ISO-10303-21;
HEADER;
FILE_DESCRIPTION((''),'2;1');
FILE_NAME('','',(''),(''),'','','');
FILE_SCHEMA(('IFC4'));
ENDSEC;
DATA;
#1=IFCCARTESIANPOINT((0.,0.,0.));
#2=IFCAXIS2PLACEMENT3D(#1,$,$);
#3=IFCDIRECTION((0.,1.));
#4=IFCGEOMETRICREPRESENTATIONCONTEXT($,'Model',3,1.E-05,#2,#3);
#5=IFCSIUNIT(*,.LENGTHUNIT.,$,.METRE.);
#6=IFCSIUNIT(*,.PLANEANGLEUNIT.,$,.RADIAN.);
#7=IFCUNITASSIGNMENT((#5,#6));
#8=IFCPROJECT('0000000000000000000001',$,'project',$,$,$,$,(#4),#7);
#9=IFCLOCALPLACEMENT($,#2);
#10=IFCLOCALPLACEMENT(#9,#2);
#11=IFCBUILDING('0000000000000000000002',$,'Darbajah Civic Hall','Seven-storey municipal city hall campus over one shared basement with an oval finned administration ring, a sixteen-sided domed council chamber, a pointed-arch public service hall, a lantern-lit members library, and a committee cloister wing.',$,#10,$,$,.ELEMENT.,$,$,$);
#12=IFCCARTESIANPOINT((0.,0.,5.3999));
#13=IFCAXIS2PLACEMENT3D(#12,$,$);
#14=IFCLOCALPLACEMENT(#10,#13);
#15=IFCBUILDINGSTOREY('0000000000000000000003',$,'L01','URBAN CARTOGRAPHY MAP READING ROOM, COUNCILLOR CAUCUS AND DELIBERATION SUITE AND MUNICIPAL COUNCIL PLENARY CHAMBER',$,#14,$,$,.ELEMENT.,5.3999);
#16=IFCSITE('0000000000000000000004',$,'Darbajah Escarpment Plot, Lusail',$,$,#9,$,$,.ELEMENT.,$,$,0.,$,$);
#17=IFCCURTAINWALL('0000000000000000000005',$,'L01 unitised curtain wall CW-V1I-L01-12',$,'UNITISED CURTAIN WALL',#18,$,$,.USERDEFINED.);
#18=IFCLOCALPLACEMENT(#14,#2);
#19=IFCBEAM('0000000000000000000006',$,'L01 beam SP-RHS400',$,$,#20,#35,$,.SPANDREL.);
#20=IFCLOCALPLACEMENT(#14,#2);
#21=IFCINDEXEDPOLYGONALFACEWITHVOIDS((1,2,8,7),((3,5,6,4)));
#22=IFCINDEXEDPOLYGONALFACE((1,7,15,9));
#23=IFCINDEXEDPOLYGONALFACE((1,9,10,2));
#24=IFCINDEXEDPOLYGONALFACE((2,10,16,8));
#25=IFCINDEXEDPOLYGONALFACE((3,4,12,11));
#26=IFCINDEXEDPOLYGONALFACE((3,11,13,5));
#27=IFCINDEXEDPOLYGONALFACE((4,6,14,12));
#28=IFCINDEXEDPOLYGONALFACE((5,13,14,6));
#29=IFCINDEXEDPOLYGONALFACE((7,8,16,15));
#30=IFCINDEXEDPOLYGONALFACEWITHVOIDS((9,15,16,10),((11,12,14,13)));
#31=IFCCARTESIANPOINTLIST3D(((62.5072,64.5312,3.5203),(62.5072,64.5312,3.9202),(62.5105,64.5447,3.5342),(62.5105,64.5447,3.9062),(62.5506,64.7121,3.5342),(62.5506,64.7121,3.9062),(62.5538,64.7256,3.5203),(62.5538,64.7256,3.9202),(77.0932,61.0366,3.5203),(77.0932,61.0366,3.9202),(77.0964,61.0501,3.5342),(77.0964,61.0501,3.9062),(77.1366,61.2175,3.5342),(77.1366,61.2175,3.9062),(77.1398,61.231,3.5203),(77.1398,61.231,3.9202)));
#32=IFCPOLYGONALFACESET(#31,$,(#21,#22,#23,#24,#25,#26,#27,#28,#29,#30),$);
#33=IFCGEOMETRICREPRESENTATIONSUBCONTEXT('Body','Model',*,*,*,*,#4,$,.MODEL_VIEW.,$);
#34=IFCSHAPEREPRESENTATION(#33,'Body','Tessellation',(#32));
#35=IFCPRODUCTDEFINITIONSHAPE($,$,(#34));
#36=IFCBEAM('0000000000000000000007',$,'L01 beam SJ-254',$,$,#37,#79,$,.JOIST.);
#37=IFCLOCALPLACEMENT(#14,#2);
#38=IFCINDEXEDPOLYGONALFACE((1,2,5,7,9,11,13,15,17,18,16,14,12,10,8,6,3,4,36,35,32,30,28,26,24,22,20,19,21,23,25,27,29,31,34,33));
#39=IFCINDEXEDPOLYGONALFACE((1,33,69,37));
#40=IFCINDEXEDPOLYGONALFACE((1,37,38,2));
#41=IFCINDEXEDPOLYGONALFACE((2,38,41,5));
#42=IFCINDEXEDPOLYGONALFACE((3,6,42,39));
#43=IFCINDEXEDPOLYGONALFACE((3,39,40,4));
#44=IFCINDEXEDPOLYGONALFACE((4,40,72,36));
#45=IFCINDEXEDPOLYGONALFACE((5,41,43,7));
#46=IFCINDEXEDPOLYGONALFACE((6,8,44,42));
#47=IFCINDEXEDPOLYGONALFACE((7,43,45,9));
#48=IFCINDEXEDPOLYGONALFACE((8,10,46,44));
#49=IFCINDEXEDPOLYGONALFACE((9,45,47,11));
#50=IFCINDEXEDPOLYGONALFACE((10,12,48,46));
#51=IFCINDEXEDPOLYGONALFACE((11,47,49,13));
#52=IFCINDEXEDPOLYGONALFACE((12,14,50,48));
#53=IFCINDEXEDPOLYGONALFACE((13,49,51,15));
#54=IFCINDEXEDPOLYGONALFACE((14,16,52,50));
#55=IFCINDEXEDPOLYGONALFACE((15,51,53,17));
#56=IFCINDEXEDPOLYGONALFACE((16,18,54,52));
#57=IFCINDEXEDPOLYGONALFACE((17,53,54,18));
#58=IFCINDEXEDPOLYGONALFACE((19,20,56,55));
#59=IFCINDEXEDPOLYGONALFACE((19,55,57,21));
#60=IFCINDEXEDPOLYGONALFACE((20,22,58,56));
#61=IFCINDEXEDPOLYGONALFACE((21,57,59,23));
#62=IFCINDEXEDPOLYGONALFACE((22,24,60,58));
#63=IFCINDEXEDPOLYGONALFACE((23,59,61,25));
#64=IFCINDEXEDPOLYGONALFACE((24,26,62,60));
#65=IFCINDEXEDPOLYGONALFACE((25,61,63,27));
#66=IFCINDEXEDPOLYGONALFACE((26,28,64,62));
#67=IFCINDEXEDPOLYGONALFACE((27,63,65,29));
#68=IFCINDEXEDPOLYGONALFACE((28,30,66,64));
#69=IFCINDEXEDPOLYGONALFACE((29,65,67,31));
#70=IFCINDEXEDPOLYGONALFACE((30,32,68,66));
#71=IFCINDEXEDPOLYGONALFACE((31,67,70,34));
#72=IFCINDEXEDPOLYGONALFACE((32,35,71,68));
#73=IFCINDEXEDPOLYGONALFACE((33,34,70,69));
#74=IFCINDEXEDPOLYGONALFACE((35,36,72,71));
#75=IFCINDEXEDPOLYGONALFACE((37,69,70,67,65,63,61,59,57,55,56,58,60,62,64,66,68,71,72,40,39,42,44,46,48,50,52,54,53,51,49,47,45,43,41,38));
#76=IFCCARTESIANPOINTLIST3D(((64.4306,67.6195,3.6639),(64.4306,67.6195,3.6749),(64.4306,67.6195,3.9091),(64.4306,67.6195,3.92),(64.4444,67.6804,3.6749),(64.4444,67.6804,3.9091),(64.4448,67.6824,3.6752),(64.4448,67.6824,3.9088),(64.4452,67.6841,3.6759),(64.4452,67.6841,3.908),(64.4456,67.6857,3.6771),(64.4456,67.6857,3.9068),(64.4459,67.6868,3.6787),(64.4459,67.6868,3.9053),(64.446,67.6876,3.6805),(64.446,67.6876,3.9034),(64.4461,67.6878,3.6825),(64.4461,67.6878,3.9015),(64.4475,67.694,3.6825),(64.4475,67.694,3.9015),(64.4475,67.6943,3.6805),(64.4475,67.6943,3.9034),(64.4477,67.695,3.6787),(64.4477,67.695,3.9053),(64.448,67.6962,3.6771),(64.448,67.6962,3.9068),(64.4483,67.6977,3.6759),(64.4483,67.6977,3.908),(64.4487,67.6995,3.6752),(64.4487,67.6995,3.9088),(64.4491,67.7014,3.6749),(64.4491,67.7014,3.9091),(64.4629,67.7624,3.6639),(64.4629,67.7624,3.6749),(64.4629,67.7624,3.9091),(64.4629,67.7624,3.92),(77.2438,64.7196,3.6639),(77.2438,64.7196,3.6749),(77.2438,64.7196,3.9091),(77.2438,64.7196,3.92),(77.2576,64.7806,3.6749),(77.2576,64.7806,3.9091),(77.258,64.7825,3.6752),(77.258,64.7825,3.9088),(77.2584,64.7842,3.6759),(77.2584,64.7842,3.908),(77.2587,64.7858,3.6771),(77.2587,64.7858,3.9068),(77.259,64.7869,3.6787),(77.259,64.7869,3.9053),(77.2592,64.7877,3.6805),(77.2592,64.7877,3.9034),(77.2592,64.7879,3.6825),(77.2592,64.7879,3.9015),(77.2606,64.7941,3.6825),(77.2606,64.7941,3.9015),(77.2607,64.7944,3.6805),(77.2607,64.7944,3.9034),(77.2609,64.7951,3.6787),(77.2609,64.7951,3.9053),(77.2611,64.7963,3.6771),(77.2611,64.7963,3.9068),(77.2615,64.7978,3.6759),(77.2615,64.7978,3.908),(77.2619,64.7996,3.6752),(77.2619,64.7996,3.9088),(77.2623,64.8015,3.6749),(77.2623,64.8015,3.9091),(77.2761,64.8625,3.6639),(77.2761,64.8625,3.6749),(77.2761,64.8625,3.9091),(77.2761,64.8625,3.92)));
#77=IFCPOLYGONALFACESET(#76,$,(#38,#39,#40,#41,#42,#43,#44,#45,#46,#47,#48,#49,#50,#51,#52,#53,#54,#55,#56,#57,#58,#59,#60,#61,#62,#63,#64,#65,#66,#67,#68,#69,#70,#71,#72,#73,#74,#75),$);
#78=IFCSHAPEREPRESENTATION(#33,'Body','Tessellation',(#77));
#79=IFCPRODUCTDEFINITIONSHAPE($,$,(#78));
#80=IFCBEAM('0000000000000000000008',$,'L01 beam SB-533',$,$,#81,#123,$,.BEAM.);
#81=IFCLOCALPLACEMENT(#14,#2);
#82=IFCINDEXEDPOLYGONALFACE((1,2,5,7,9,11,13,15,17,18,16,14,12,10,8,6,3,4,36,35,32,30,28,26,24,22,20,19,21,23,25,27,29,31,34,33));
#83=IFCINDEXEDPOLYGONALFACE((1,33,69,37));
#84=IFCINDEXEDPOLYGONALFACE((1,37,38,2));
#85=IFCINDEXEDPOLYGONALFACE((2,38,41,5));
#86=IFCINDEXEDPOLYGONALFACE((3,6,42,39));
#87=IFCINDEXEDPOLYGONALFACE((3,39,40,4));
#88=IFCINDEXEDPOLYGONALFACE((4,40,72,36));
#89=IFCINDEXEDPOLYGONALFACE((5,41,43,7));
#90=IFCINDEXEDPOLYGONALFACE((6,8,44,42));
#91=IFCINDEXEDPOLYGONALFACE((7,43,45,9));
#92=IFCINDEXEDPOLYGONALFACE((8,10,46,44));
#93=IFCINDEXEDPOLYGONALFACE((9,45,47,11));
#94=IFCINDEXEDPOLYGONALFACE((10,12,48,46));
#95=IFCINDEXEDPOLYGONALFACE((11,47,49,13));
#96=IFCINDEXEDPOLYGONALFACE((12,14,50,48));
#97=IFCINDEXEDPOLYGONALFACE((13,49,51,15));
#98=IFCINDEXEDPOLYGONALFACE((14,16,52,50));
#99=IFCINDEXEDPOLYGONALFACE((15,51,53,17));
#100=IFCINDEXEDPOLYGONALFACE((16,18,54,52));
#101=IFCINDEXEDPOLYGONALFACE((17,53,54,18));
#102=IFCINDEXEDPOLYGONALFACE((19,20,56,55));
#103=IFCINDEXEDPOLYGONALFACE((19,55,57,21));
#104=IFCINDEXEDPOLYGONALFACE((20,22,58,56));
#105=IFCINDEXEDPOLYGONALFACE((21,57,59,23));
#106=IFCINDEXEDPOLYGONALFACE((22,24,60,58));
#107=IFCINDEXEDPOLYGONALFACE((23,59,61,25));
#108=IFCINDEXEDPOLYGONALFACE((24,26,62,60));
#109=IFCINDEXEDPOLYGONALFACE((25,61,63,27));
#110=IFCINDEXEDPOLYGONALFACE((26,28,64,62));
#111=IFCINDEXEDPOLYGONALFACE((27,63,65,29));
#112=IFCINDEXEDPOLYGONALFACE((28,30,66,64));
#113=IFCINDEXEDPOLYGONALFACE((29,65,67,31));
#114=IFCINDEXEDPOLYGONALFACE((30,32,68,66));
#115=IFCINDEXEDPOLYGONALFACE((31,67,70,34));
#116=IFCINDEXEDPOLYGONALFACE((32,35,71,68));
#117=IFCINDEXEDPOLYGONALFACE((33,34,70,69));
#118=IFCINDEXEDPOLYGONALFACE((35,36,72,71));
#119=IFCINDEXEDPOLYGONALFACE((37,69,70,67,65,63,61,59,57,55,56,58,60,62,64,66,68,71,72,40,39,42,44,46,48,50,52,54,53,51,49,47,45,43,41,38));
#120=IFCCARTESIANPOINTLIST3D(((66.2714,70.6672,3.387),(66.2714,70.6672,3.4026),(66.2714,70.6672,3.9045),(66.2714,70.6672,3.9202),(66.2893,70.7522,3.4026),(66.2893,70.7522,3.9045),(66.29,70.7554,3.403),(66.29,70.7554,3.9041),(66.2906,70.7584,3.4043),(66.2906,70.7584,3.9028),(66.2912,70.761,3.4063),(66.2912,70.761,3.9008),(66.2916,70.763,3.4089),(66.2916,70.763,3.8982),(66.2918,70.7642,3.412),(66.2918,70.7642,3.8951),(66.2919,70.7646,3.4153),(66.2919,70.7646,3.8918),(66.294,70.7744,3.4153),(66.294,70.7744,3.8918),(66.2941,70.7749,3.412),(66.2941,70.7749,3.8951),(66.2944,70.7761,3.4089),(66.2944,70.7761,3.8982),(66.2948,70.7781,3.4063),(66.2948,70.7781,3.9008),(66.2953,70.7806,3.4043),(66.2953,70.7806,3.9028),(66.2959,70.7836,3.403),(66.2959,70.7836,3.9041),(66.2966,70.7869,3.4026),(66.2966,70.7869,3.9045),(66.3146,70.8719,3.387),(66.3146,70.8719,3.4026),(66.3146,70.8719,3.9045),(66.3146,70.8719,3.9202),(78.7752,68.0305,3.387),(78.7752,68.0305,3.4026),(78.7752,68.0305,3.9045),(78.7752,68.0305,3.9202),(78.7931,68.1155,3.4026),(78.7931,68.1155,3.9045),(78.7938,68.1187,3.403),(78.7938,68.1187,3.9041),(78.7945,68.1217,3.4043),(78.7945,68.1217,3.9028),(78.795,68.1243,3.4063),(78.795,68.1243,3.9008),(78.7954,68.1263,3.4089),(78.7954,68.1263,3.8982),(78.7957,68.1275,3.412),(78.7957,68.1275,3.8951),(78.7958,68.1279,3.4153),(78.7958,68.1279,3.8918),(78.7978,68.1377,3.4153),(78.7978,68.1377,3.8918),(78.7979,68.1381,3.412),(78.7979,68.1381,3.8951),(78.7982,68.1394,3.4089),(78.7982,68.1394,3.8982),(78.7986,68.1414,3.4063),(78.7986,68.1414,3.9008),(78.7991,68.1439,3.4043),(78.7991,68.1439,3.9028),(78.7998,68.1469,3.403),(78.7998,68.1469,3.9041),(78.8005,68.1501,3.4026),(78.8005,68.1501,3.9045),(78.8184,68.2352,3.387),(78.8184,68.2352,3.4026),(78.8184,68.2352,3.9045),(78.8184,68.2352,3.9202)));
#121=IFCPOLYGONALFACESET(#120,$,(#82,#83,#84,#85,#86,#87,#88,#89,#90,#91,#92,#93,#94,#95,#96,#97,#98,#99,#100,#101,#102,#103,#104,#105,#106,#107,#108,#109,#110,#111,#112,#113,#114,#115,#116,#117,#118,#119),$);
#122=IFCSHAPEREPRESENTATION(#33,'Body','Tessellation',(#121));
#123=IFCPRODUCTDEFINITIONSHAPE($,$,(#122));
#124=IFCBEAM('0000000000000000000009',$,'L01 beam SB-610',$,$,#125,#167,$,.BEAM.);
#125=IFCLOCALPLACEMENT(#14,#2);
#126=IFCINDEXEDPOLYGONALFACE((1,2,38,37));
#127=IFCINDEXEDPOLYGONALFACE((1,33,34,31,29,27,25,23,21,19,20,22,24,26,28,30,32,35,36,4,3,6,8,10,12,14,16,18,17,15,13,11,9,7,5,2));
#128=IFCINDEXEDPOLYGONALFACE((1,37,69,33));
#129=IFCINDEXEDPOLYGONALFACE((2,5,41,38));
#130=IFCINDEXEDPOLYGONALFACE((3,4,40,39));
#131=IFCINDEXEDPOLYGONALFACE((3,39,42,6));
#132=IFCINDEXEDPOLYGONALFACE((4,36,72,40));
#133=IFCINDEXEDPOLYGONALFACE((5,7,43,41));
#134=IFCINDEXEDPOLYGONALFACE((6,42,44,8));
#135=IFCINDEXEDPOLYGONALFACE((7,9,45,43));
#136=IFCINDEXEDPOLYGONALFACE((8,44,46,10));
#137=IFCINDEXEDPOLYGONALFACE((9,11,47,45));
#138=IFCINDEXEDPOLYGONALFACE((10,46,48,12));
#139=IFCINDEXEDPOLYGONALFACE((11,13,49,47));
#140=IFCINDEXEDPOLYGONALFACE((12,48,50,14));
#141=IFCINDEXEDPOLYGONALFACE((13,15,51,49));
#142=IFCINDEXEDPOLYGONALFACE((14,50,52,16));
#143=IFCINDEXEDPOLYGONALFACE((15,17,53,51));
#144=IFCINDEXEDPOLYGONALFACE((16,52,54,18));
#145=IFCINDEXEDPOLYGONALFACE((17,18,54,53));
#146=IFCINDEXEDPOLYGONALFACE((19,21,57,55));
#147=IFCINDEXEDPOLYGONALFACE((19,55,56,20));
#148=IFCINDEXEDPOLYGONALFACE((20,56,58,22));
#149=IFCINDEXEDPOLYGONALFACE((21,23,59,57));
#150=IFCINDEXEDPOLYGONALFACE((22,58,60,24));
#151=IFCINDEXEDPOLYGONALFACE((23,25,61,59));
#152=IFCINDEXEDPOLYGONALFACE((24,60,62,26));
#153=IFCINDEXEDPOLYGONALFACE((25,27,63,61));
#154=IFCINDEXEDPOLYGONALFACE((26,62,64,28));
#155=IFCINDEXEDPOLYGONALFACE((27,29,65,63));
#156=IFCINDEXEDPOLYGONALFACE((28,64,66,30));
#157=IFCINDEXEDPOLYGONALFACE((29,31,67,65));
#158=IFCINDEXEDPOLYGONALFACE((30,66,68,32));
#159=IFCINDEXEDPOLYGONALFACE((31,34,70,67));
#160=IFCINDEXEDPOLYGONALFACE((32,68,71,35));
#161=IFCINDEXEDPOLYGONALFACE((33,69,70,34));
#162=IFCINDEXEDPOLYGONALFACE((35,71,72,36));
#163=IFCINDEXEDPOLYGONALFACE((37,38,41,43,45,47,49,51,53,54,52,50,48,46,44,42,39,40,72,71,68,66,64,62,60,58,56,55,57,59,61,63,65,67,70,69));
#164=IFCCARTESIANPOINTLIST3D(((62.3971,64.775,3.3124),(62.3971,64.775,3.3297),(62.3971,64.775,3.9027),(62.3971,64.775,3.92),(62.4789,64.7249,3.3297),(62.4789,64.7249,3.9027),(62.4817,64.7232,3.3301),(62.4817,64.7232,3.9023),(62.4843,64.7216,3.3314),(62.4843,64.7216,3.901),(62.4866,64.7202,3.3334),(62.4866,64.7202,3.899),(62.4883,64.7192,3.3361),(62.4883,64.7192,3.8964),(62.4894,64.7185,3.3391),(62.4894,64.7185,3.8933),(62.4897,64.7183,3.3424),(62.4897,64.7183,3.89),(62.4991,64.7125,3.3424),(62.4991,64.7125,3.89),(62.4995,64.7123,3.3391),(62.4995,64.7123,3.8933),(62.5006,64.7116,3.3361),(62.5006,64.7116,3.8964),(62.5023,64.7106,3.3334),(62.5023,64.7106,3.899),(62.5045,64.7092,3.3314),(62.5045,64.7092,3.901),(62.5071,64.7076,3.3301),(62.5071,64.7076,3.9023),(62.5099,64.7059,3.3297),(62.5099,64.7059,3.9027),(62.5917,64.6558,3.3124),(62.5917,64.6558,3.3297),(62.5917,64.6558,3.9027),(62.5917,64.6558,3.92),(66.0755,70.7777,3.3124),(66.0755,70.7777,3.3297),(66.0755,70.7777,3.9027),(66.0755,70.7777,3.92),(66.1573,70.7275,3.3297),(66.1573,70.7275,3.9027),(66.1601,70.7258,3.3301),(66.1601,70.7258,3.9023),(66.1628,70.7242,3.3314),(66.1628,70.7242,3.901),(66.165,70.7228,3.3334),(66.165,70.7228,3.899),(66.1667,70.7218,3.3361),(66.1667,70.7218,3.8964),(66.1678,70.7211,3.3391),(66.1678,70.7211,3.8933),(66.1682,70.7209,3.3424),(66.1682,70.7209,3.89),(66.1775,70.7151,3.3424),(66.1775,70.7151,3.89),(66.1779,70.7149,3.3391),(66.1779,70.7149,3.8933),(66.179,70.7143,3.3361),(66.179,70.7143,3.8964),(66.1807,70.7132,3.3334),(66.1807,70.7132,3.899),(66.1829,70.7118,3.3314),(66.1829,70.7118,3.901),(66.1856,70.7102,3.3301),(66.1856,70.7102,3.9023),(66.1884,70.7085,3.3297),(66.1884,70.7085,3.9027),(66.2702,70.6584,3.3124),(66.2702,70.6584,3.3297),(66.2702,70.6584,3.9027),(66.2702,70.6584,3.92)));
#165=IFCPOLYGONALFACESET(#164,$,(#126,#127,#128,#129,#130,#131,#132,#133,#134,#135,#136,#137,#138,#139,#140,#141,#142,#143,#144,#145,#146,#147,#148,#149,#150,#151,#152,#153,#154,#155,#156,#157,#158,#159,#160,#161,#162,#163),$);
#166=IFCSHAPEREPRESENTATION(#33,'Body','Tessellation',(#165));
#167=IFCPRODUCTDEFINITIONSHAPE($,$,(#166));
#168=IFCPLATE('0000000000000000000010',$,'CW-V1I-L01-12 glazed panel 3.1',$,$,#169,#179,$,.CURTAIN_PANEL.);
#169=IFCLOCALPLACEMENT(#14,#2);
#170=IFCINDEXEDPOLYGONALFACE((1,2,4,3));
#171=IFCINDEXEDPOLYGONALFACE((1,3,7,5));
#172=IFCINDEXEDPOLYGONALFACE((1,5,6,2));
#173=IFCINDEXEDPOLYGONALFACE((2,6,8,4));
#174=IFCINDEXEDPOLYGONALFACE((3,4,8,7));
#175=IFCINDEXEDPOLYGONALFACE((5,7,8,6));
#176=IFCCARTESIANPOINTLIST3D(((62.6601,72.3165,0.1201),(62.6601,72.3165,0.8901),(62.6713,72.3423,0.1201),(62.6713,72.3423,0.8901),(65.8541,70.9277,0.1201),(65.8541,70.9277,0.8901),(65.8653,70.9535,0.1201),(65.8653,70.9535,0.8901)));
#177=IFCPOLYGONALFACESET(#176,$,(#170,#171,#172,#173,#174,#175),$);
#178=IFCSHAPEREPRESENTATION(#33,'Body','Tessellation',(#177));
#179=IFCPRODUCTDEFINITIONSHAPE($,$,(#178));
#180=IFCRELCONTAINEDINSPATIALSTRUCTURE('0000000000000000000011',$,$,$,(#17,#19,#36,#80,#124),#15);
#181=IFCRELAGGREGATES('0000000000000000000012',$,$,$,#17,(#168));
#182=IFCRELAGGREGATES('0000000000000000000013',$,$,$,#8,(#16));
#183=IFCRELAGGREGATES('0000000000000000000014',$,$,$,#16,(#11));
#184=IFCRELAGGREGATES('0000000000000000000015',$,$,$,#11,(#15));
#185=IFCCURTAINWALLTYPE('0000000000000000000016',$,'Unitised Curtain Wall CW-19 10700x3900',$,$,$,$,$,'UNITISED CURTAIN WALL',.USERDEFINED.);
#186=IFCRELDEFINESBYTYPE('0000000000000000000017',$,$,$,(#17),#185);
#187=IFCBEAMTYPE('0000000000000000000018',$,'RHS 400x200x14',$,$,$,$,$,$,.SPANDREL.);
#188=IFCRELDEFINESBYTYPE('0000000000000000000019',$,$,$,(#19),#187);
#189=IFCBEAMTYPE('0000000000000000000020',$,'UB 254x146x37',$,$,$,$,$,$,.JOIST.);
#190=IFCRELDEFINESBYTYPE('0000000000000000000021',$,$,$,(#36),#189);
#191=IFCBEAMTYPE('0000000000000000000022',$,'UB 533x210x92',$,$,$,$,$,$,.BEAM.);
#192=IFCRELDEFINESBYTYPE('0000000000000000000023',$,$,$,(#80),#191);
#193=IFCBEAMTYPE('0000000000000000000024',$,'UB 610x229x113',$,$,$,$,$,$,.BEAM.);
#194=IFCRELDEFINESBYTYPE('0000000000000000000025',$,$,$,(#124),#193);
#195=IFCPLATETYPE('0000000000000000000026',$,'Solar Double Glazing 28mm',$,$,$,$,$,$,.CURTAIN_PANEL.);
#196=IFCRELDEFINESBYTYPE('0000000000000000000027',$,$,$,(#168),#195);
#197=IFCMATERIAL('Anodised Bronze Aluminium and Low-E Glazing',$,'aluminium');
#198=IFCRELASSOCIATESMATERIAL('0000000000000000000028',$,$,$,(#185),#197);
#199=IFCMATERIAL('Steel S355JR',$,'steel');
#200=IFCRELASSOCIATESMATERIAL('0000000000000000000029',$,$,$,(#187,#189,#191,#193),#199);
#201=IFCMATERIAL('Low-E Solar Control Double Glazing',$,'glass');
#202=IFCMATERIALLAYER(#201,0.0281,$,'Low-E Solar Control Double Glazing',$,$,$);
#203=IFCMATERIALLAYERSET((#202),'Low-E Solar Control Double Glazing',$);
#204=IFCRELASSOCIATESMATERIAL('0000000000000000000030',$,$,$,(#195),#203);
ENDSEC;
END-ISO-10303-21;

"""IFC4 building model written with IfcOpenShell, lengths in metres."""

from ifc_helpers import new_model, si_unit, direction, frame, origin, origin_2d, place, context, subcontext, project, spatial, rectangle, hollow_rectangle, i_section, extrude, material, layer, layer_set, material_profile, profile_set, type_object, element, aggregate, save


model = new_model("IFC4")

# Units and contexts
model_context = context("Model", 3, precision=1e-05, world=origin(), true_north=direction((0.0, 1.0)))
body_context = subcontext(model_context, "Body", "Model", "MODEL_VIEW")
ifc_project = project(units=[si_unit("LENGTHUNIT", "METRE"), si_unit("PLANEANGLEUNIT", "RADIAN")], contexts=[model_context])

# Site, building, storey
site_placement = place(None, origin())
site = spatial("IfcSite", under=ifc_project, at=site_placement, Name="Darbajah Escarpment Plot, Lusail", CompositionType="ELEMENT", RefElevation=0.0)
building_placement = place(site_placement, origin())
building = spatial("IfcBuilding", under=site, at=building_placement, Name="Darbajah Civic Hall", Description="Seven-storey municipal city hall campus over one shared basement with an oval finned administration ring, a sixteen-sided domed council chamber, a pointed-arch public service hall, a lantern-lit members library, and a committee cloister wing.", CompositionType="ELEMENT")
storey_placement = place(building_placement, frame((0.0, 0.0, 5.3999)))
storey = spatial("IfcBuildingStorey", under=building, at=storey_placement, Name="L01", Description="URBAN CARTOGRAPHY MAP READING ROOM, COUNCILLOR CAUCUS AND DELIBERATION SUITE AND MUNICIPAL COUNCIL PLENARY CHAMBER", CompositionType="ELEMENT", Elevation=5.3999)

# Curtain wall
ifc_material_1 = material(Name="Anodised Bronze Aluminium and Low-E Glazing", Category="aluminium")
curtain_wall_type_1 = type_object("IfcCurtainWallType", Name="Unitised Curtain Wall CW-19 10700x3900", ElementType="UNITISED CURTAIN WALL", PredefinedType="USERDEFINED", material=ifc_material_1)
curtain_wall_1_placement = place(storey_placement, origin())
curtain_wall_1 = element("IfcCurtainWall", 1, at=curtain_wall_1_placement, inside=storey, type_object=curtain_wall_type_1, Name="L01 unitised curtain wall CW-V1I-L01-12", ObjectType="UNITISED CURTAIN WALL", PredefinedType="USERDEFINED")

# Beams
ifc_material_2 = material(Name="Steel S355JR", Category="steel")
ifc_material_profile_1 = material_profile(ifc_material_2, hollow_rectangle(XDim=0.2, YDim=0.3999, WallThickness=0.0139, at=origin_2d()), Name="RHS 400x200x14")
ifc_profile_set_1 = profile_set([ifc_material_profile_1], Name="Steel S355JR")
beam_type_1 = type_object("IfcBeamType", Name="RHS 400x200x14", PredefinedType="SPANDREL", material=ifc_profile_set_1)
beam_1_placement = place(storey_placement, frame((62.5305, 64.6284, 3.7202), z_axis=(0.972478, -0.232995, 0.0), x_axis=(0.232995, 0.972478, 0.0)))
element("IfcBeam", 2, at=beam_1_placement, inside=storey, type_object=beam_type_1, Name="L01 beam SP-RHS400", PredefinedType="SPANDREL", context=body_context, shape_type="SweptSolid", body=[
    extrude(hollow_rectangle(XDim=0.2, YDim=0.3999, WallThickness=0.0139, at=origin_2d()), origin(), (0.0, 0.0, 1.0), 14.9988),
])
ifc_material_profile_2 = material_profile(ifc_material_2, i_section(OverallWidth=0.1465, OverallDepth=0.2561, WebThickness=0.0063, FlangeThickness=0.011, FilletRadius=0.0076, at=origin_2d()), Name="UB 254x146x37")
ifc_profile_set_2 = profile_set([ifc_material_profile_2], Name="Steel S355JR")
beam_type_2 = type_object("IfcBeamType", Name="UB 254x146x37", PredefinedType="JOIST", material=ifc_profile_set_2)
beam_2_placement = place(storey_placement, frame((64.4468, 67.6909, 3.792), z_axis=(0.975333, -0.220738, 0.0), x_axis=(0.220738, 0.975333, 0.0)))
element("IfcBeam", 3, at=beam_2_placement, inside=storey, type_object=beam_type_2, Name="L01 beam SJ-254", PredefinedType="JOIST", context=body_context, shape_type="SweptSolid", body=[
    extrude(i_section(OverallWidth=0.1465, OverallDepth=0.2561, WebThickness=0.0063, FlangeThickness=0.011, FilletRadius=0.0076, at=origin_2d()), origin(), (0.0, 0.0, 1.0), 13.1372),
])
ifc_material_profile_3 = material_profile(ifc_material_2, i_section(OverallWidth=0.2092, OverallDepth=0.5332, WebThickness=0.01, FlangeThickness=0.0156, FilletRadius=0.0127, at=origin_2d()), Name="UB 533x210x92")
ifc_profile_set_3 = profile_set([ifc_material_profile_3], Name="Steel S355JR")
beam_type_3 = type_object("IfcBeamType", Name="UB 533x210x92", PredefinedType="BEAM", material=ifc_profile_set_3)
beam_3_placement = place(storey_placement, frame((66.293, 70.7695, 3.6536), z_axis=(0.978482, -0.206334, 0.0), x_axis=(0.206334, 0.978482, 0.0)))
element("IfcBeam", 4, at=beam_3_placement, inside=storey, type_object=beam_type_3, Name="L01 beam SB-533", PredefinedType="BEAM", context=body_context, shape_type="SweptSolid", body=[
    extrude(i_section(OverallWidth=0.2092, OverallDepth=0.5332, WebThickness=0.01, FlangeThickness=0.0156, FilletRadius=0.0127, at=origin_2d()), origin(), (0.0, 0.0, 1.0), 12.7788),
])
ifc_material_profile_4 = material_profile(ifc_material_2, i_section(OverallWidth=0.2283, OverallDepth=0.6077, WebThickness=0.011, FlangeThickness=0.0173, FilletRadius=0.0127, at=origin_2d()), Name="UB 610x229x113")
ifc_profile_set_4 = profile_set([ifc_material_profile_4], Name="Steel S355JR")
beam_type_4 = type_object("IfcBeamType", Name="UB 610x229x113", PredefinedType="BEAM", material=ifc_profile_set_4)
beam_4_placement = place(storey_placement, frame((66.1729, 70.718, 3.6162), z_axis=(-0.5225, -0.852639, 0.0), x_axis=(0.852639, -0.5225, 0.0)))
element("IfcBeam", 5, at=beam_4_placement, inside=storey, type_object=beam_type_4, Name="L01 beam SB-610", PredefinedType="BEAM", context=body_context, shape_type="SweptSolid", body=[
    extrude(i_section(OverallWidth=0.2283, OverallDepth=0.6077, WebThickness=0.011, FlangeThickness=0.0173, FilletRadius=0.0127, at=origin_2d()), origin(), (0.0, 0.0, 1.0), 7.04),
])

# Plate
ifc_material_3 = material(Name="Low-E Solar Control Double Glazing", Category="glass")
ifc_layer_1 = layer(ifc_material_3, 0.0281, Name="Low-E Solar Control Double Glazing")
ifc_layer_set_1 = layer_set([ifc_layer_1], Name="Low-E Solar Control Double Glazing")
plate_type = type_object("IfcPlateType", Name="Solar Double Glazing 28mm", PredefinedType="CURTAIN_PANEL", material=ifc_layer_set_1)
plate_1_placement = place(storey_placement, frame((64.2627, 71.635, 0.1201), z_axis=(0.0, 0.0, 1.0), x_axis=(0.91706, -0.398749, 0.0)))
plate_1 = element("IfcPlate", 6, at=plate_1_placement, type_object=plate_type, Name="CW-V1I-L01-12 glazed panel 3.1", PredefinedType="CURTAIN_PANEL", context=body_context, shape_type="SweptSolid", body=[
    extrude(rectangle(XDim=3.4829, YDim=0.0281, at=origin_2d()), origin(), (0.0, 0.0, 1.0), 0.77),
])
aggregate(curtain_wall_1, [plate_1])

save(model, "model.ifc")
